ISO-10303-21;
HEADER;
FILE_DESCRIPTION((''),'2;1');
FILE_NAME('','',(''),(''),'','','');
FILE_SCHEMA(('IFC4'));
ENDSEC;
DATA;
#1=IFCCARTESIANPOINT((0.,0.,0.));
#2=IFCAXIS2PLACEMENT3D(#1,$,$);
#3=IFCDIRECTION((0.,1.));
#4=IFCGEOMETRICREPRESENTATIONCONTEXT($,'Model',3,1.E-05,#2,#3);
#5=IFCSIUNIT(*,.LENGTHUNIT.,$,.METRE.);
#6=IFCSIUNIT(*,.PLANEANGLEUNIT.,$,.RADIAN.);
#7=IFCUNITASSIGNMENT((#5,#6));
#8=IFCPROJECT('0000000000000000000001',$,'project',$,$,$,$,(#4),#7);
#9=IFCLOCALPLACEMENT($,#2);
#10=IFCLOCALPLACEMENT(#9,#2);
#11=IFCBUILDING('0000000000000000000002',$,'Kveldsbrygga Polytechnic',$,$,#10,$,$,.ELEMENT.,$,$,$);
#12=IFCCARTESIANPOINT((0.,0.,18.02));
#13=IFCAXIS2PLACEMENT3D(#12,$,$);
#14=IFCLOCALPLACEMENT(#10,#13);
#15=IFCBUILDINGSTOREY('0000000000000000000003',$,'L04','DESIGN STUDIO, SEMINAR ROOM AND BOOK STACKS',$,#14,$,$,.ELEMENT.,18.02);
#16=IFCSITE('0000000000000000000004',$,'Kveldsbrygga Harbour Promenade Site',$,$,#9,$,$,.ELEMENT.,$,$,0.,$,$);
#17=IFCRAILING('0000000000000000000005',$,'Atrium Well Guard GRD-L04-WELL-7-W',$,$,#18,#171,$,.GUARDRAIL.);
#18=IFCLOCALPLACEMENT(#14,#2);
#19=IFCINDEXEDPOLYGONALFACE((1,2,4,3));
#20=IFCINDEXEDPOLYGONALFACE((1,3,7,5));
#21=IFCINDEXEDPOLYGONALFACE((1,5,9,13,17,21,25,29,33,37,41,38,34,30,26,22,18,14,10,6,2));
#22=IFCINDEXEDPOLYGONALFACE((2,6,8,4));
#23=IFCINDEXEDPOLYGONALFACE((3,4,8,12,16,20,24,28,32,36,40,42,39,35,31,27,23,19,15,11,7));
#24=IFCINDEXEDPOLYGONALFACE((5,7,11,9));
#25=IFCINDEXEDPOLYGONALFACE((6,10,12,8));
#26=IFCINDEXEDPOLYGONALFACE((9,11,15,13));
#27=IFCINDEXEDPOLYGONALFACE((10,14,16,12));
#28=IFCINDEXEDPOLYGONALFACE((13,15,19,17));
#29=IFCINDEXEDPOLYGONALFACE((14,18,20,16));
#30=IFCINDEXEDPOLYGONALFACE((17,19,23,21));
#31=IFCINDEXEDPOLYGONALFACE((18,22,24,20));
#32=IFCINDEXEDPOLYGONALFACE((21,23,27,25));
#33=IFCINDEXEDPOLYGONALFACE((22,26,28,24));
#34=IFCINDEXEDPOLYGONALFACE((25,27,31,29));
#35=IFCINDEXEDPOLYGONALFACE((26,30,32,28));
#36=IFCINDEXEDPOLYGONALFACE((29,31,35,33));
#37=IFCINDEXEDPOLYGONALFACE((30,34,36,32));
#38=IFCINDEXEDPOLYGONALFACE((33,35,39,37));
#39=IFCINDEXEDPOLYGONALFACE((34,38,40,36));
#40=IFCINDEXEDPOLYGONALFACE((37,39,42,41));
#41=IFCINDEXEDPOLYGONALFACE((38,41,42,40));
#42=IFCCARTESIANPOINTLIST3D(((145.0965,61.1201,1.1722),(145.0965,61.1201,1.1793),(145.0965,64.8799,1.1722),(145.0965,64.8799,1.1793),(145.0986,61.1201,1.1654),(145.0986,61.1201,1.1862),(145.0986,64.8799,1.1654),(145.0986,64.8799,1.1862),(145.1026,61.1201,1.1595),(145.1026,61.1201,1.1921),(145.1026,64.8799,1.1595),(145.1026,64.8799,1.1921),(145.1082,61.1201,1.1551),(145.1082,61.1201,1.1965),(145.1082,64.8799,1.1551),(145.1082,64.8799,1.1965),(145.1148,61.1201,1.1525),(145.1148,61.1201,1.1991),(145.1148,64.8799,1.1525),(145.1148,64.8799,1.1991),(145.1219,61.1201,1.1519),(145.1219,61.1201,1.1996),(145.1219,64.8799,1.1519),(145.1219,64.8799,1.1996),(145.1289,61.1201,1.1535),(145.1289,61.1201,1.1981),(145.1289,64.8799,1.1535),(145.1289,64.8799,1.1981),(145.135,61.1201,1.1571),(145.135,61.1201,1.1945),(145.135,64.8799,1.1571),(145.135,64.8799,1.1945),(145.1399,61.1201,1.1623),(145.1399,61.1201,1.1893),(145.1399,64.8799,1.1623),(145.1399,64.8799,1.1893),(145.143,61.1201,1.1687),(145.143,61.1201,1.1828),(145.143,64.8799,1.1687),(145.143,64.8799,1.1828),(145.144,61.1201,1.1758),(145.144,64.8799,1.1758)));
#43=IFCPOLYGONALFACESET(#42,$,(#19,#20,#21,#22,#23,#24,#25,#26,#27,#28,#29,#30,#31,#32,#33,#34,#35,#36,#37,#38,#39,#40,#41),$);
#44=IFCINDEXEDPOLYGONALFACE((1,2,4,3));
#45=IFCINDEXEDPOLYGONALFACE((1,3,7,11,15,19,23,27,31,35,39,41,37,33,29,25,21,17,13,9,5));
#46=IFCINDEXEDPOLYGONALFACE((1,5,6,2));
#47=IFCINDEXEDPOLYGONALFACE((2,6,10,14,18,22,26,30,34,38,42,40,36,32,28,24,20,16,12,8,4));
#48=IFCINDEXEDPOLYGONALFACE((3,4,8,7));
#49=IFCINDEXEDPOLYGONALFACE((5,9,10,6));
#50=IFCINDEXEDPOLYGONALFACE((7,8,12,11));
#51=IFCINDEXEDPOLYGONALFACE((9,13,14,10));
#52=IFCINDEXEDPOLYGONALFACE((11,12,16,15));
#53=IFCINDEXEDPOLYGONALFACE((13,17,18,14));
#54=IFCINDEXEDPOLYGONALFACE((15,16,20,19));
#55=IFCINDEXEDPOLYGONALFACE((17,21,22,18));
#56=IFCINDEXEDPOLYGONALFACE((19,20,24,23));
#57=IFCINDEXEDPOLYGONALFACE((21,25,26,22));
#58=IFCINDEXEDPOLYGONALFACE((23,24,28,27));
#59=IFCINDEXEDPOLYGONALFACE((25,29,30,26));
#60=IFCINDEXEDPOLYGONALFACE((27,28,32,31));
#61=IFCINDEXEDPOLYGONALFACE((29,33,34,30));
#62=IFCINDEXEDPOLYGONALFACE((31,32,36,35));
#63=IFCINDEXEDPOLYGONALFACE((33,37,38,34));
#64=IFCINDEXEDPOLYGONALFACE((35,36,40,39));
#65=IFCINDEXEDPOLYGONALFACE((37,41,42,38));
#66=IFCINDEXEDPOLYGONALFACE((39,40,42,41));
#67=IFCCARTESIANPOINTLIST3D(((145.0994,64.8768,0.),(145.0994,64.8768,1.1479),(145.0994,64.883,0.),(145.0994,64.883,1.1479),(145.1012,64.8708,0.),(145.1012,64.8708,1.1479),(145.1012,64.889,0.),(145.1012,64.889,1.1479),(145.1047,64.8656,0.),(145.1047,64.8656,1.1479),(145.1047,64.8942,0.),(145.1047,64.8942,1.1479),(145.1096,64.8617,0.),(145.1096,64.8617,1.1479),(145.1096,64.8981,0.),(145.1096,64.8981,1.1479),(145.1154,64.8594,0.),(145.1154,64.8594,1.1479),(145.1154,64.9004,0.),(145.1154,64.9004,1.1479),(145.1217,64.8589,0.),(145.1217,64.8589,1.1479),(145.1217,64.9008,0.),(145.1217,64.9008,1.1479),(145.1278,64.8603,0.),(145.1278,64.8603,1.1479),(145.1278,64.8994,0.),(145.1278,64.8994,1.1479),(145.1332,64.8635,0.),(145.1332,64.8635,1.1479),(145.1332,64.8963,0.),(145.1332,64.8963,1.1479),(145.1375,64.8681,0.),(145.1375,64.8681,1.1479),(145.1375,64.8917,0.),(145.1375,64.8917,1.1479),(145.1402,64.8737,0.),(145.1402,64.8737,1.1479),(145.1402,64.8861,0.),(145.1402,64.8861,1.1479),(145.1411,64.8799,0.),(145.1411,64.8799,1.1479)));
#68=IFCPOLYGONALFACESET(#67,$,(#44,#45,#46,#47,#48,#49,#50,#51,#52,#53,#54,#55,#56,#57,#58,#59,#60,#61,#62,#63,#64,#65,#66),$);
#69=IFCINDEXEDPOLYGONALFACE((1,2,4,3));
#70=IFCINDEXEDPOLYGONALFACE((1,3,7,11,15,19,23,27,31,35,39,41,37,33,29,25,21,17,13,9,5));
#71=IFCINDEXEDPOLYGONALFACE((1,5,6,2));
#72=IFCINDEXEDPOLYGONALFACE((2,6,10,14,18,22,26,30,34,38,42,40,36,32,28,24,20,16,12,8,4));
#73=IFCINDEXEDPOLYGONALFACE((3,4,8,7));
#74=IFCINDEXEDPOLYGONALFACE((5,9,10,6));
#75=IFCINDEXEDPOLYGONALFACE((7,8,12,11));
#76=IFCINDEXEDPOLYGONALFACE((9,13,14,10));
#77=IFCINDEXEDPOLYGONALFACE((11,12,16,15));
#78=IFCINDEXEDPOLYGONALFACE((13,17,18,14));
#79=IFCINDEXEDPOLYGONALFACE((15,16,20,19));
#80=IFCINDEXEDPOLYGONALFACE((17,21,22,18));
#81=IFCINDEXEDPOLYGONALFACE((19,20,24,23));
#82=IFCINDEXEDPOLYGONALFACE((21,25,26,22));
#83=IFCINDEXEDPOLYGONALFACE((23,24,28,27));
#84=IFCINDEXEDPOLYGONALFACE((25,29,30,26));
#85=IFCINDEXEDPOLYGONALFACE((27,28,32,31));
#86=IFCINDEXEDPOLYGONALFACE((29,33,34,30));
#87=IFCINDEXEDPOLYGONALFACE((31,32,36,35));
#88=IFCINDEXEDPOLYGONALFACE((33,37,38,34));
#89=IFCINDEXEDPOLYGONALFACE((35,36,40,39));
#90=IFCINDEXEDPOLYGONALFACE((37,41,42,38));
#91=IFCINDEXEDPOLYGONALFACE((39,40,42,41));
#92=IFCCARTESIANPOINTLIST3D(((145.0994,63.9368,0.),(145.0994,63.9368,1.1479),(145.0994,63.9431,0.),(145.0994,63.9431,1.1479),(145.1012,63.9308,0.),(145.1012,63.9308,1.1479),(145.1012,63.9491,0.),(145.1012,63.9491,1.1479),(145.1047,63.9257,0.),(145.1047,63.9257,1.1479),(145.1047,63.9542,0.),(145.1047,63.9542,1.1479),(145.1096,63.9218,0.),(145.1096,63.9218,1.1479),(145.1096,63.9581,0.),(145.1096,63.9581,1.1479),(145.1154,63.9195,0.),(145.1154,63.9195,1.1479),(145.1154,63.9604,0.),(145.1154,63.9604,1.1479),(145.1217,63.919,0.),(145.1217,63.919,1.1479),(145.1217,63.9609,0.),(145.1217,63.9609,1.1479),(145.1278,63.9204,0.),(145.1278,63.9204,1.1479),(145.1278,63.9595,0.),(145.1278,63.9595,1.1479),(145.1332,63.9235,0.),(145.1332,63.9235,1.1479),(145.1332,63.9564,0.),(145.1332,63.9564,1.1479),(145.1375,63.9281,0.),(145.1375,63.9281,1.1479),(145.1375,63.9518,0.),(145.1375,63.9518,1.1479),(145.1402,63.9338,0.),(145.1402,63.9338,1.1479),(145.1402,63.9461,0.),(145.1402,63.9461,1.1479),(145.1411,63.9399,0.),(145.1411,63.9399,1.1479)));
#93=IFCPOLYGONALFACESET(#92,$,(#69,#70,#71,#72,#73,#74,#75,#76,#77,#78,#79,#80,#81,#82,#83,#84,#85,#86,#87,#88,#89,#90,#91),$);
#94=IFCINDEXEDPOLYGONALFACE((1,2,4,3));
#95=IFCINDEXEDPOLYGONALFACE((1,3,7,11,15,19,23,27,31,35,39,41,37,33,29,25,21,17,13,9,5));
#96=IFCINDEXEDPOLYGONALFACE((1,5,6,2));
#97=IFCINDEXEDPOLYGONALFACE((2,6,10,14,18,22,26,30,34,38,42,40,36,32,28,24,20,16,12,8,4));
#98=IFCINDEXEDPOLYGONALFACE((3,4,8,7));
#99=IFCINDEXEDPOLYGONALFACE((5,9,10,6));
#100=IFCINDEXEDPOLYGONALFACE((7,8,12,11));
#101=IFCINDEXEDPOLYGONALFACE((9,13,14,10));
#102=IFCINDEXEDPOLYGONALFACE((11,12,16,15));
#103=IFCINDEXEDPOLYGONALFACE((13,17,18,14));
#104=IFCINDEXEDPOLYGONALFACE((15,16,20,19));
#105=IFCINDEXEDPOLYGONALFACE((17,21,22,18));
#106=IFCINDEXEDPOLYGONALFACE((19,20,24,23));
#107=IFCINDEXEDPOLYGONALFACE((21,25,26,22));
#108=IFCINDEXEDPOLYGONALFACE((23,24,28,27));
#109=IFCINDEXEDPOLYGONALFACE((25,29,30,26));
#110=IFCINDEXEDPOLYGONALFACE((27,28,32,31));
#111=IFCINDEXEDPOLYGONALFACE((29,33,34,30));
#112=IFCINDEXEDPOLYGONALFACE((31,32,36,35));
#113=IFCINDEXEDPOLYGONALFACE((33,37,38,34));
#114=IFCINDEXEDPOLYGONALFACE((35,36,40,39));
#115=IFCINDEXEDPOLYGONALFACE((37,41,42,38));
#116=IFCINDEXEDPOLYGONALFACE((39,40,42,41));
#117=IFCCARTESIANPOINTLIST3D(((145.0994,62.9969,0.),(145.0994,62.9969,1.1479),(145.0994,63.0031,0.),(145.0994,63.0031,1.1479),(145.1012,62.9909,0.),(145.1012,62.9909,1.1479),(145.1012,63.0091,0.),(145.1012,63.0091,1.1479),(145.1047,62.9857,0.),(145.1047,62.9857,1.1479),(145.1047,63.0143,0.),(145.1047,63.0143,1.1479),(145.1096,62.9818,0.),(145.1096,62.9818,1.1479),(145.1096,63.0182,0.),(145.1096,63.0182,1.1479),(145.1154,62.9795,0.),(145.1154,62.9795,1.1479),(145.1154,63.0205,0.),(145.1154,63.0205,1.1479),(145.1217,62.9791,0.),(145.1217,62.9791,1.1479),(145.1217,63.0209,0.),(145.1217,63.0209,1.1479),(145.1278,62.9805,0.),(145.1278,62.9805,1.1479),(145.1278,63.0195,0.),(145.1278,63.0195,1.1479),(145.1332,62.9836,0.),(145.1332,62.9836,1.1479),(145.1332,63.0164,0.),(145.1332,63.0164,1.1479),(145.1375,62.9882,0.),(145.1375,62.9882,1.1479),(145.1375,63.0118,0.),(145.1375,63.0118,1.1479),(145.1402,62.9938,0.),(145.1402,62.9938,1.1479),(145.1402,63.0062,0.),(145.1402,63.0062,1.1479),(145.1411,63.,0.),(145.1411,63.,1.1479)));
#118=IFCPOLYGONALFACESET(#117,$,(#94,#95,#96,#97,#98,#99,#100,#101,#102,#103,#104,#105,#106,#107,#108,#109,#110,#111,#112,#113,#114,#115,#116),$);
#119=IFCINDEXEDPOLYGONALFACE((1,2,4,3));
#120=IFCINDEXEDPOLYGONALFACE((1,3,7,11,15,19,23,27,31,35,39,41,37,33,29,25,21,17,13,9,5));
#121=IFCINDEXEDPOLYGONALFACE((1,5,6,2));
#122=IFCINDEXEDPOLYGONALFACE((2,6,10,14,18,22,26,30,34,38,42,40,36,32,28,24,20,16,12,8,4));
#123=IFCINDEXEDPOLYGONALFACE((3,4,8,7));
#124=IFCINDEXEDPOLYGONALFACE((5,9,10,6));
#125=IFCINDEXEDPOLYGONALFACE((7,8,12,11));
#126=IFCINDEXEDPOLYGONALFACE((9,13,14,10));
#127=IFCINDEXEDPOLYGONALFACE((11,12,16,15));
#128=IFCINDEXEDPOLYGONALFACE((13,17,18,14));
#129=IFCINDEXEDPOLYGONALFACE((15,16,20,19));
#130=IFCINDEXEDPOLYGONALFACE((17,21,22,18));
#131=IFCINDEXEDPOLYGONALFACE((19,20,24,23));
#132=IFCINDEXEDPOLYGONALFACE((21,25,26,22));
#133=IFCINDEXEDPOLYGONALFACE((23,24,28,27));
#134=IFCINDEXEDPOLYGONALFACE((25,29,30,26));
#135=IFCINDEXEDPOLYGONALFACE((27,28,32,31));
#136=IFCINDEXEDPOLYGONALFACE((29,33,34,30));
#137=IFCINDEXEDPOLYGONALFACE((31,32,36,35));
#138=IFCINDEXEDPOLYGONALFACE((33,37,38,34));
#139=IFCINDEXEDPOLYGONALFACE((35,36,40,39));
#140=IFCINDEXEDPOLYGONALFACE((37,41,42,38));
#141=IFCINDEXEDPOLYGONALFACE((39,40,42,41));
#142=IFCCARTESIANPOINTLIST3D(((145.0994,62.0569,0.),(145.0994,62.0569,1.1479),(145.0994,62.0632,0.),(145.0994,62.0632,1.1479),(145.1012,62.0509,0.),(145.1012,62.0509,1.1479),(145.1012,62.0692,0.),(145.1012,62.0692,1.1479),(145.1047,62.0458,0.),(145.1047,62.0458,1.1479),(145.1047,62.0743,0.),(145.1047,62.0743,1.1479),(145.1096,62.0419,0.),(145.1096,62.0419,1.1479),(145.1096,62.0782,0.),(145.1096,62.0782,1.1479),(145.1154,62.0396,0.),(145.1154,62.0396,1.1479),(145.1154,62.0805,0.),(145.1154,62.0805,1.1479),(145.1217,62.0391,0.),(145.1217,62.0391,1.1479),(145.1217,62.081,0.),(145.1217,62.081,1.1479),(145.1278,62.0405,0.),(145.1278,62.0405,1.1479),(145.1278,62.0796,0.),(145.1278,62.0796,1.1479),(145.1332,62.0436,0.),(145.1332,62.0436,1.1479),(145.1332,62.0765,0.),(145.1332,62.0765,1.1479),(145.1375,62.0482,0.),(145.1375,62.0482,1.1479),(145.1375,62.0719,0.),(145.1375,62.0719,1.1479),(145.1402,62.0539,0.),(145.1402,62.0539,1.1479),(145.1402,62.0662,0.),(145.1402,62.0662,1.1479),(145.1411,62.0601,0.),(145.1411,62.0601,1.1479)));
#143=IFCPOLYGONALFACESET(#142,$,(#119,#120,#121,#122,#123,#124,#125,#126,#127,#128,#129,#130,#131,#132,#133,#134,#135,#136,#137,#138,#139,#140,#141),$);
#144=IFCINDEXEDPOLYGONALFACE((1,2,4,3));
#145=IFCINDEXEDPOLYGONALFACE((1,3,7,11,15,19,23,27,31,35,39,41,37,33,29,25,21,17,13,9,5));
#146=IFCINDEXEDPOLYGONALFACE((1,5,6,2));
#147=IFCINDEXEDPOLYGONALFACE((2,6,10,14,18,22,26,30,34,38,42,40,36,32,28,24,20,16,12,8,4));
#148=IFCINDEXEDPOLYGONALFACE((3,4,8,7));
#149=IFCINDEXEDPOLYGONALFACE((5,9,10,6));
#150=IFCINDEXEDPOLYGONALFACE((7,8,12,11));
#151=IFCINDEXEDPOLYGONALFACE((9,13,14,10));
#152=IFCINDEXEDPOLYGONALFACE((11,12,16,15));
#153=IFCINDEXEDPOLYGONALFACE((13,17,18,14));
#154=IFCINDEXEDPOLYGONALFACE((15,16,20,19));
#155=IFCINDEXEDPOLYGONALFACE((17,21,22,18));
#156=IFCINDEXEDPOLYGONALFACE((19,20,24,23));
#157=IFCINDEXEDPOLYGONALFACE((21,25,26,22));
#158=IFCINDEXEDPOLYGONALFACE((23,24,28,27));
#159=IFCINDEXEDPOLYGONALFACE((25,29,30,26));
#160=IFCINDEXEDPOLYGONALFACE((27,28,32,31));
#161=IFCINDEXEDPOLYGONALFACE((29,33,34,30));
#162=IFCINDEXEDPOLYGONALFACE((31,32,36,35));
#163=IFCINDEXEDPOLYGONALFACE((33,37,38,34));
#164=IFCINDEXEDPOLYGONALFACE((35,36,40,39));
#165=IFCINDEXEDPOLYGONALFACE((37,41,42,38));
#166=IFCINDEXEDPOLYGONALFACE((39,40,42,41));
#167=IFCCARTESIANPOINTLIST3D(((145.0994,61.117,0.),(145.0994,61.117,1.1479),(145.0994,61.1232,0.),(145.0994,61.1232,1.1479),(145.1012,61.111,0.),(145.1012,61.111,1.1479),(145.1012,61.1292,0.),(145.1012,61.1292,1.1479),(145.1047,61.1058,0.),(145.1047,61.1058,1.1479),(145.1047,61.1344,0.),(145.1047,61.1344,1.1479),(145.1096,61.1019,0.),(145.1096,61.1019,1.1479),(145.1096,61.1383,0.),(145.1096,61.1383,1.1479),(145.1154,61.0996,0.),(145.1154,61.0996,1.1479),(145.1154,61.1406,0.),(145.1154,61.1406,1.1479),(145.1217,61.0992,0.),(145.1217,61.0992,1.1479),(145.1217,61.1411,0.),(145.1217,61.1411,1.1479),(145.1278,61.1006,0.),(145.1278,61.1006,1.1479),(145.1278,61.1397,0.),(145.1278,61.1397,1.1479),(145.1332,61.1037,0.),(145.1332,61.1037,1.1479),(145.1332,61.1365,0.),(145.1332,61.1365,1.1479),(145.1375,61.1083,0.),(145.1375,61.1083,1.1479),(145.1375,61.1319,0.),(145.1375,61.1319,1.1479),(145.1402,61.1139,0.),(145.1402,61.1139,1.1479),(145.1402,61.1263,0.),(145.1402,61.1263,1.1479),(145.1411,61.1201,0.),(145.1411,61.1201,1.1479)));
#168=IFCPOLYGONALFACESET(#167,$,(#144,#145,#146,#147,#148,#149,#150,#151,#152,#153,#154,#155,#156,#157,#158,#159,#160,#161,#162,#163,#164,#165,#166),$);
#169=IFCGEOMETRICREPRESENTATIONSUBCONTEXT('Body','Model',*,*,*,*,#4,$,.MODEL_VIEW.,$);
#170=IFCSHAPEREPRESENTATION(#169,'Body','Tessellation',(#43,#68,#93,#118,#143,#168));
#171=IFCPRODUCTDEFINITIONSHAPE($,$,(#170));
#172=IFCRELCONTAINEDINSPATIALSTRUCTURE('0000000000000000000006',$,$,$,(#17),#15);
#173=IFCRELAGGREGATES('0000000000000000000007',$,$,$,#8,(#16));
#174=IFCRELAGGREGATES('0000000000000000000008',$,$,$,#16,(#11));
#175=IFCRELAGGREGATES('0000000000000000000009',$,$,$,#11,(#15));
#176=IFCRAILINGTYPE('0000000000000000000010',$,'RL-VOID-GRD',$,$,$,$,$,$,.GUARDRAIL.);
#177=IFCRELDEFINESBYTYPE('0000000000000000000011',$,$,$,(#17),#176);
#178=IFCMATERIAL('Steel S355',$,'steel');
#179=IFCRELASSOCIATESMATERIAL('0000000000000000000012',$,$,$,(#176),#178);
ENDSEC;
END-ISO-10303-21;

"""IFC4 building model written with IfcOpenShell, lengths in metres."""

from ifc_helpers import new_model, si_unit, direction, frame, origin, origin_2d, place, context, subcontext, project, spatial, circle, extrude, material, type_object, element, save


model = new_model("IFC4")

# Units and contexts
model_context = context("Model", 3, precision=1e-05, world=origin(), true_north=direction((0.0, 1.0)))
body_context = subcontext(model_context, "Body", "Model", "MODEL_VIEW")
ifc_project = project(units=[si_unit("LENGTHUNIT", "METRE"), si_unit("PLANEANGLEUNIT", "RADIAN")], contexts=[model_context])

# Site, building, storey
site_placement = place(None, origin())
site = spatial("IfcSite", under=ifc_project, at=site_placement, Name="Kveldsbrygga Harbour Promenade Site", CompositionType="ELEMENT", RefElevation=0.0)
building_placement = place(site_placement, origin())
building = spatial("IfcBuilding", under=site, at=building_placement, Name="Kveldsbrygga Polytechnic", CompositionType="ELEMENT")
storey_placement = place(building_placement, frame((0.0, 0.0, 18.02)))
storey = spatial("IfcBuildingStorey", under=building, at=storey_placement, Name="L04", Description="DESIGN STUDIO, SEMINAR ROOM AND BOOK STACKS", CompositionType="ELEMENT", Elevation=18.02)

# Shared definitions
ifc_material_1 = material(Name="Steel S355", Category="steel")

# Railing
railing_type = type_object("IfcRailingType", Name="RL-VOID-GRD", PredefinedType="GUARDRAIL", material=ifc_material_1)
railing_1_placement = place(storey_placement, frame((145.1201, 64.8799, 0.0)))
element("IfcRailing", 1, at=railing_1_placement, inside=storey, type_object=railing_type, Name="Atrium Well Guard GRD-L04-WELL-7-W", PredefinedType="GUARDRAIL", context=body_context, shape_type="SweptSolid", body=[
    extrude(circle(Radius=0.0239, at=origin_2d()), frame((0.0, 0.0, 1.1758), z_axis=(0.0, -1.0, 0.0), x_axis=(1.0, 0.0, 0.0)), (0.0, 0.0, 1.0), 3.7598),
    extrude(circle(Radius=0.021, at=origin_2d()), origin(), (0.0, 0.0, 1.0), 1.1479),
    extrude(circle(Radius=0.021, at=origin_2d()), frame((0.0, -0.9399, 0.0)), (0.0, 0.0, 1.0), 1.1479),
    extrude(circle(Radius=0.021, at=origin_2d()), frame((0.0, -1.8799, 0.0)), (0.0, 0.0, 1.0), 1.1479),
    extrude(circle(Radius=0.021, at=origin_2d()), frame((0.0, -2.8198, 0.0)), (0.0, 0.0, 1.0), 1.1479),
    extrude(circle(Radius=0.021, at=origin_2d()), frame((0.0, -3.7598, 0.0)), (0.0, 0.0, 1.0), 1.1479),
])

save(model, "model.ifc")
